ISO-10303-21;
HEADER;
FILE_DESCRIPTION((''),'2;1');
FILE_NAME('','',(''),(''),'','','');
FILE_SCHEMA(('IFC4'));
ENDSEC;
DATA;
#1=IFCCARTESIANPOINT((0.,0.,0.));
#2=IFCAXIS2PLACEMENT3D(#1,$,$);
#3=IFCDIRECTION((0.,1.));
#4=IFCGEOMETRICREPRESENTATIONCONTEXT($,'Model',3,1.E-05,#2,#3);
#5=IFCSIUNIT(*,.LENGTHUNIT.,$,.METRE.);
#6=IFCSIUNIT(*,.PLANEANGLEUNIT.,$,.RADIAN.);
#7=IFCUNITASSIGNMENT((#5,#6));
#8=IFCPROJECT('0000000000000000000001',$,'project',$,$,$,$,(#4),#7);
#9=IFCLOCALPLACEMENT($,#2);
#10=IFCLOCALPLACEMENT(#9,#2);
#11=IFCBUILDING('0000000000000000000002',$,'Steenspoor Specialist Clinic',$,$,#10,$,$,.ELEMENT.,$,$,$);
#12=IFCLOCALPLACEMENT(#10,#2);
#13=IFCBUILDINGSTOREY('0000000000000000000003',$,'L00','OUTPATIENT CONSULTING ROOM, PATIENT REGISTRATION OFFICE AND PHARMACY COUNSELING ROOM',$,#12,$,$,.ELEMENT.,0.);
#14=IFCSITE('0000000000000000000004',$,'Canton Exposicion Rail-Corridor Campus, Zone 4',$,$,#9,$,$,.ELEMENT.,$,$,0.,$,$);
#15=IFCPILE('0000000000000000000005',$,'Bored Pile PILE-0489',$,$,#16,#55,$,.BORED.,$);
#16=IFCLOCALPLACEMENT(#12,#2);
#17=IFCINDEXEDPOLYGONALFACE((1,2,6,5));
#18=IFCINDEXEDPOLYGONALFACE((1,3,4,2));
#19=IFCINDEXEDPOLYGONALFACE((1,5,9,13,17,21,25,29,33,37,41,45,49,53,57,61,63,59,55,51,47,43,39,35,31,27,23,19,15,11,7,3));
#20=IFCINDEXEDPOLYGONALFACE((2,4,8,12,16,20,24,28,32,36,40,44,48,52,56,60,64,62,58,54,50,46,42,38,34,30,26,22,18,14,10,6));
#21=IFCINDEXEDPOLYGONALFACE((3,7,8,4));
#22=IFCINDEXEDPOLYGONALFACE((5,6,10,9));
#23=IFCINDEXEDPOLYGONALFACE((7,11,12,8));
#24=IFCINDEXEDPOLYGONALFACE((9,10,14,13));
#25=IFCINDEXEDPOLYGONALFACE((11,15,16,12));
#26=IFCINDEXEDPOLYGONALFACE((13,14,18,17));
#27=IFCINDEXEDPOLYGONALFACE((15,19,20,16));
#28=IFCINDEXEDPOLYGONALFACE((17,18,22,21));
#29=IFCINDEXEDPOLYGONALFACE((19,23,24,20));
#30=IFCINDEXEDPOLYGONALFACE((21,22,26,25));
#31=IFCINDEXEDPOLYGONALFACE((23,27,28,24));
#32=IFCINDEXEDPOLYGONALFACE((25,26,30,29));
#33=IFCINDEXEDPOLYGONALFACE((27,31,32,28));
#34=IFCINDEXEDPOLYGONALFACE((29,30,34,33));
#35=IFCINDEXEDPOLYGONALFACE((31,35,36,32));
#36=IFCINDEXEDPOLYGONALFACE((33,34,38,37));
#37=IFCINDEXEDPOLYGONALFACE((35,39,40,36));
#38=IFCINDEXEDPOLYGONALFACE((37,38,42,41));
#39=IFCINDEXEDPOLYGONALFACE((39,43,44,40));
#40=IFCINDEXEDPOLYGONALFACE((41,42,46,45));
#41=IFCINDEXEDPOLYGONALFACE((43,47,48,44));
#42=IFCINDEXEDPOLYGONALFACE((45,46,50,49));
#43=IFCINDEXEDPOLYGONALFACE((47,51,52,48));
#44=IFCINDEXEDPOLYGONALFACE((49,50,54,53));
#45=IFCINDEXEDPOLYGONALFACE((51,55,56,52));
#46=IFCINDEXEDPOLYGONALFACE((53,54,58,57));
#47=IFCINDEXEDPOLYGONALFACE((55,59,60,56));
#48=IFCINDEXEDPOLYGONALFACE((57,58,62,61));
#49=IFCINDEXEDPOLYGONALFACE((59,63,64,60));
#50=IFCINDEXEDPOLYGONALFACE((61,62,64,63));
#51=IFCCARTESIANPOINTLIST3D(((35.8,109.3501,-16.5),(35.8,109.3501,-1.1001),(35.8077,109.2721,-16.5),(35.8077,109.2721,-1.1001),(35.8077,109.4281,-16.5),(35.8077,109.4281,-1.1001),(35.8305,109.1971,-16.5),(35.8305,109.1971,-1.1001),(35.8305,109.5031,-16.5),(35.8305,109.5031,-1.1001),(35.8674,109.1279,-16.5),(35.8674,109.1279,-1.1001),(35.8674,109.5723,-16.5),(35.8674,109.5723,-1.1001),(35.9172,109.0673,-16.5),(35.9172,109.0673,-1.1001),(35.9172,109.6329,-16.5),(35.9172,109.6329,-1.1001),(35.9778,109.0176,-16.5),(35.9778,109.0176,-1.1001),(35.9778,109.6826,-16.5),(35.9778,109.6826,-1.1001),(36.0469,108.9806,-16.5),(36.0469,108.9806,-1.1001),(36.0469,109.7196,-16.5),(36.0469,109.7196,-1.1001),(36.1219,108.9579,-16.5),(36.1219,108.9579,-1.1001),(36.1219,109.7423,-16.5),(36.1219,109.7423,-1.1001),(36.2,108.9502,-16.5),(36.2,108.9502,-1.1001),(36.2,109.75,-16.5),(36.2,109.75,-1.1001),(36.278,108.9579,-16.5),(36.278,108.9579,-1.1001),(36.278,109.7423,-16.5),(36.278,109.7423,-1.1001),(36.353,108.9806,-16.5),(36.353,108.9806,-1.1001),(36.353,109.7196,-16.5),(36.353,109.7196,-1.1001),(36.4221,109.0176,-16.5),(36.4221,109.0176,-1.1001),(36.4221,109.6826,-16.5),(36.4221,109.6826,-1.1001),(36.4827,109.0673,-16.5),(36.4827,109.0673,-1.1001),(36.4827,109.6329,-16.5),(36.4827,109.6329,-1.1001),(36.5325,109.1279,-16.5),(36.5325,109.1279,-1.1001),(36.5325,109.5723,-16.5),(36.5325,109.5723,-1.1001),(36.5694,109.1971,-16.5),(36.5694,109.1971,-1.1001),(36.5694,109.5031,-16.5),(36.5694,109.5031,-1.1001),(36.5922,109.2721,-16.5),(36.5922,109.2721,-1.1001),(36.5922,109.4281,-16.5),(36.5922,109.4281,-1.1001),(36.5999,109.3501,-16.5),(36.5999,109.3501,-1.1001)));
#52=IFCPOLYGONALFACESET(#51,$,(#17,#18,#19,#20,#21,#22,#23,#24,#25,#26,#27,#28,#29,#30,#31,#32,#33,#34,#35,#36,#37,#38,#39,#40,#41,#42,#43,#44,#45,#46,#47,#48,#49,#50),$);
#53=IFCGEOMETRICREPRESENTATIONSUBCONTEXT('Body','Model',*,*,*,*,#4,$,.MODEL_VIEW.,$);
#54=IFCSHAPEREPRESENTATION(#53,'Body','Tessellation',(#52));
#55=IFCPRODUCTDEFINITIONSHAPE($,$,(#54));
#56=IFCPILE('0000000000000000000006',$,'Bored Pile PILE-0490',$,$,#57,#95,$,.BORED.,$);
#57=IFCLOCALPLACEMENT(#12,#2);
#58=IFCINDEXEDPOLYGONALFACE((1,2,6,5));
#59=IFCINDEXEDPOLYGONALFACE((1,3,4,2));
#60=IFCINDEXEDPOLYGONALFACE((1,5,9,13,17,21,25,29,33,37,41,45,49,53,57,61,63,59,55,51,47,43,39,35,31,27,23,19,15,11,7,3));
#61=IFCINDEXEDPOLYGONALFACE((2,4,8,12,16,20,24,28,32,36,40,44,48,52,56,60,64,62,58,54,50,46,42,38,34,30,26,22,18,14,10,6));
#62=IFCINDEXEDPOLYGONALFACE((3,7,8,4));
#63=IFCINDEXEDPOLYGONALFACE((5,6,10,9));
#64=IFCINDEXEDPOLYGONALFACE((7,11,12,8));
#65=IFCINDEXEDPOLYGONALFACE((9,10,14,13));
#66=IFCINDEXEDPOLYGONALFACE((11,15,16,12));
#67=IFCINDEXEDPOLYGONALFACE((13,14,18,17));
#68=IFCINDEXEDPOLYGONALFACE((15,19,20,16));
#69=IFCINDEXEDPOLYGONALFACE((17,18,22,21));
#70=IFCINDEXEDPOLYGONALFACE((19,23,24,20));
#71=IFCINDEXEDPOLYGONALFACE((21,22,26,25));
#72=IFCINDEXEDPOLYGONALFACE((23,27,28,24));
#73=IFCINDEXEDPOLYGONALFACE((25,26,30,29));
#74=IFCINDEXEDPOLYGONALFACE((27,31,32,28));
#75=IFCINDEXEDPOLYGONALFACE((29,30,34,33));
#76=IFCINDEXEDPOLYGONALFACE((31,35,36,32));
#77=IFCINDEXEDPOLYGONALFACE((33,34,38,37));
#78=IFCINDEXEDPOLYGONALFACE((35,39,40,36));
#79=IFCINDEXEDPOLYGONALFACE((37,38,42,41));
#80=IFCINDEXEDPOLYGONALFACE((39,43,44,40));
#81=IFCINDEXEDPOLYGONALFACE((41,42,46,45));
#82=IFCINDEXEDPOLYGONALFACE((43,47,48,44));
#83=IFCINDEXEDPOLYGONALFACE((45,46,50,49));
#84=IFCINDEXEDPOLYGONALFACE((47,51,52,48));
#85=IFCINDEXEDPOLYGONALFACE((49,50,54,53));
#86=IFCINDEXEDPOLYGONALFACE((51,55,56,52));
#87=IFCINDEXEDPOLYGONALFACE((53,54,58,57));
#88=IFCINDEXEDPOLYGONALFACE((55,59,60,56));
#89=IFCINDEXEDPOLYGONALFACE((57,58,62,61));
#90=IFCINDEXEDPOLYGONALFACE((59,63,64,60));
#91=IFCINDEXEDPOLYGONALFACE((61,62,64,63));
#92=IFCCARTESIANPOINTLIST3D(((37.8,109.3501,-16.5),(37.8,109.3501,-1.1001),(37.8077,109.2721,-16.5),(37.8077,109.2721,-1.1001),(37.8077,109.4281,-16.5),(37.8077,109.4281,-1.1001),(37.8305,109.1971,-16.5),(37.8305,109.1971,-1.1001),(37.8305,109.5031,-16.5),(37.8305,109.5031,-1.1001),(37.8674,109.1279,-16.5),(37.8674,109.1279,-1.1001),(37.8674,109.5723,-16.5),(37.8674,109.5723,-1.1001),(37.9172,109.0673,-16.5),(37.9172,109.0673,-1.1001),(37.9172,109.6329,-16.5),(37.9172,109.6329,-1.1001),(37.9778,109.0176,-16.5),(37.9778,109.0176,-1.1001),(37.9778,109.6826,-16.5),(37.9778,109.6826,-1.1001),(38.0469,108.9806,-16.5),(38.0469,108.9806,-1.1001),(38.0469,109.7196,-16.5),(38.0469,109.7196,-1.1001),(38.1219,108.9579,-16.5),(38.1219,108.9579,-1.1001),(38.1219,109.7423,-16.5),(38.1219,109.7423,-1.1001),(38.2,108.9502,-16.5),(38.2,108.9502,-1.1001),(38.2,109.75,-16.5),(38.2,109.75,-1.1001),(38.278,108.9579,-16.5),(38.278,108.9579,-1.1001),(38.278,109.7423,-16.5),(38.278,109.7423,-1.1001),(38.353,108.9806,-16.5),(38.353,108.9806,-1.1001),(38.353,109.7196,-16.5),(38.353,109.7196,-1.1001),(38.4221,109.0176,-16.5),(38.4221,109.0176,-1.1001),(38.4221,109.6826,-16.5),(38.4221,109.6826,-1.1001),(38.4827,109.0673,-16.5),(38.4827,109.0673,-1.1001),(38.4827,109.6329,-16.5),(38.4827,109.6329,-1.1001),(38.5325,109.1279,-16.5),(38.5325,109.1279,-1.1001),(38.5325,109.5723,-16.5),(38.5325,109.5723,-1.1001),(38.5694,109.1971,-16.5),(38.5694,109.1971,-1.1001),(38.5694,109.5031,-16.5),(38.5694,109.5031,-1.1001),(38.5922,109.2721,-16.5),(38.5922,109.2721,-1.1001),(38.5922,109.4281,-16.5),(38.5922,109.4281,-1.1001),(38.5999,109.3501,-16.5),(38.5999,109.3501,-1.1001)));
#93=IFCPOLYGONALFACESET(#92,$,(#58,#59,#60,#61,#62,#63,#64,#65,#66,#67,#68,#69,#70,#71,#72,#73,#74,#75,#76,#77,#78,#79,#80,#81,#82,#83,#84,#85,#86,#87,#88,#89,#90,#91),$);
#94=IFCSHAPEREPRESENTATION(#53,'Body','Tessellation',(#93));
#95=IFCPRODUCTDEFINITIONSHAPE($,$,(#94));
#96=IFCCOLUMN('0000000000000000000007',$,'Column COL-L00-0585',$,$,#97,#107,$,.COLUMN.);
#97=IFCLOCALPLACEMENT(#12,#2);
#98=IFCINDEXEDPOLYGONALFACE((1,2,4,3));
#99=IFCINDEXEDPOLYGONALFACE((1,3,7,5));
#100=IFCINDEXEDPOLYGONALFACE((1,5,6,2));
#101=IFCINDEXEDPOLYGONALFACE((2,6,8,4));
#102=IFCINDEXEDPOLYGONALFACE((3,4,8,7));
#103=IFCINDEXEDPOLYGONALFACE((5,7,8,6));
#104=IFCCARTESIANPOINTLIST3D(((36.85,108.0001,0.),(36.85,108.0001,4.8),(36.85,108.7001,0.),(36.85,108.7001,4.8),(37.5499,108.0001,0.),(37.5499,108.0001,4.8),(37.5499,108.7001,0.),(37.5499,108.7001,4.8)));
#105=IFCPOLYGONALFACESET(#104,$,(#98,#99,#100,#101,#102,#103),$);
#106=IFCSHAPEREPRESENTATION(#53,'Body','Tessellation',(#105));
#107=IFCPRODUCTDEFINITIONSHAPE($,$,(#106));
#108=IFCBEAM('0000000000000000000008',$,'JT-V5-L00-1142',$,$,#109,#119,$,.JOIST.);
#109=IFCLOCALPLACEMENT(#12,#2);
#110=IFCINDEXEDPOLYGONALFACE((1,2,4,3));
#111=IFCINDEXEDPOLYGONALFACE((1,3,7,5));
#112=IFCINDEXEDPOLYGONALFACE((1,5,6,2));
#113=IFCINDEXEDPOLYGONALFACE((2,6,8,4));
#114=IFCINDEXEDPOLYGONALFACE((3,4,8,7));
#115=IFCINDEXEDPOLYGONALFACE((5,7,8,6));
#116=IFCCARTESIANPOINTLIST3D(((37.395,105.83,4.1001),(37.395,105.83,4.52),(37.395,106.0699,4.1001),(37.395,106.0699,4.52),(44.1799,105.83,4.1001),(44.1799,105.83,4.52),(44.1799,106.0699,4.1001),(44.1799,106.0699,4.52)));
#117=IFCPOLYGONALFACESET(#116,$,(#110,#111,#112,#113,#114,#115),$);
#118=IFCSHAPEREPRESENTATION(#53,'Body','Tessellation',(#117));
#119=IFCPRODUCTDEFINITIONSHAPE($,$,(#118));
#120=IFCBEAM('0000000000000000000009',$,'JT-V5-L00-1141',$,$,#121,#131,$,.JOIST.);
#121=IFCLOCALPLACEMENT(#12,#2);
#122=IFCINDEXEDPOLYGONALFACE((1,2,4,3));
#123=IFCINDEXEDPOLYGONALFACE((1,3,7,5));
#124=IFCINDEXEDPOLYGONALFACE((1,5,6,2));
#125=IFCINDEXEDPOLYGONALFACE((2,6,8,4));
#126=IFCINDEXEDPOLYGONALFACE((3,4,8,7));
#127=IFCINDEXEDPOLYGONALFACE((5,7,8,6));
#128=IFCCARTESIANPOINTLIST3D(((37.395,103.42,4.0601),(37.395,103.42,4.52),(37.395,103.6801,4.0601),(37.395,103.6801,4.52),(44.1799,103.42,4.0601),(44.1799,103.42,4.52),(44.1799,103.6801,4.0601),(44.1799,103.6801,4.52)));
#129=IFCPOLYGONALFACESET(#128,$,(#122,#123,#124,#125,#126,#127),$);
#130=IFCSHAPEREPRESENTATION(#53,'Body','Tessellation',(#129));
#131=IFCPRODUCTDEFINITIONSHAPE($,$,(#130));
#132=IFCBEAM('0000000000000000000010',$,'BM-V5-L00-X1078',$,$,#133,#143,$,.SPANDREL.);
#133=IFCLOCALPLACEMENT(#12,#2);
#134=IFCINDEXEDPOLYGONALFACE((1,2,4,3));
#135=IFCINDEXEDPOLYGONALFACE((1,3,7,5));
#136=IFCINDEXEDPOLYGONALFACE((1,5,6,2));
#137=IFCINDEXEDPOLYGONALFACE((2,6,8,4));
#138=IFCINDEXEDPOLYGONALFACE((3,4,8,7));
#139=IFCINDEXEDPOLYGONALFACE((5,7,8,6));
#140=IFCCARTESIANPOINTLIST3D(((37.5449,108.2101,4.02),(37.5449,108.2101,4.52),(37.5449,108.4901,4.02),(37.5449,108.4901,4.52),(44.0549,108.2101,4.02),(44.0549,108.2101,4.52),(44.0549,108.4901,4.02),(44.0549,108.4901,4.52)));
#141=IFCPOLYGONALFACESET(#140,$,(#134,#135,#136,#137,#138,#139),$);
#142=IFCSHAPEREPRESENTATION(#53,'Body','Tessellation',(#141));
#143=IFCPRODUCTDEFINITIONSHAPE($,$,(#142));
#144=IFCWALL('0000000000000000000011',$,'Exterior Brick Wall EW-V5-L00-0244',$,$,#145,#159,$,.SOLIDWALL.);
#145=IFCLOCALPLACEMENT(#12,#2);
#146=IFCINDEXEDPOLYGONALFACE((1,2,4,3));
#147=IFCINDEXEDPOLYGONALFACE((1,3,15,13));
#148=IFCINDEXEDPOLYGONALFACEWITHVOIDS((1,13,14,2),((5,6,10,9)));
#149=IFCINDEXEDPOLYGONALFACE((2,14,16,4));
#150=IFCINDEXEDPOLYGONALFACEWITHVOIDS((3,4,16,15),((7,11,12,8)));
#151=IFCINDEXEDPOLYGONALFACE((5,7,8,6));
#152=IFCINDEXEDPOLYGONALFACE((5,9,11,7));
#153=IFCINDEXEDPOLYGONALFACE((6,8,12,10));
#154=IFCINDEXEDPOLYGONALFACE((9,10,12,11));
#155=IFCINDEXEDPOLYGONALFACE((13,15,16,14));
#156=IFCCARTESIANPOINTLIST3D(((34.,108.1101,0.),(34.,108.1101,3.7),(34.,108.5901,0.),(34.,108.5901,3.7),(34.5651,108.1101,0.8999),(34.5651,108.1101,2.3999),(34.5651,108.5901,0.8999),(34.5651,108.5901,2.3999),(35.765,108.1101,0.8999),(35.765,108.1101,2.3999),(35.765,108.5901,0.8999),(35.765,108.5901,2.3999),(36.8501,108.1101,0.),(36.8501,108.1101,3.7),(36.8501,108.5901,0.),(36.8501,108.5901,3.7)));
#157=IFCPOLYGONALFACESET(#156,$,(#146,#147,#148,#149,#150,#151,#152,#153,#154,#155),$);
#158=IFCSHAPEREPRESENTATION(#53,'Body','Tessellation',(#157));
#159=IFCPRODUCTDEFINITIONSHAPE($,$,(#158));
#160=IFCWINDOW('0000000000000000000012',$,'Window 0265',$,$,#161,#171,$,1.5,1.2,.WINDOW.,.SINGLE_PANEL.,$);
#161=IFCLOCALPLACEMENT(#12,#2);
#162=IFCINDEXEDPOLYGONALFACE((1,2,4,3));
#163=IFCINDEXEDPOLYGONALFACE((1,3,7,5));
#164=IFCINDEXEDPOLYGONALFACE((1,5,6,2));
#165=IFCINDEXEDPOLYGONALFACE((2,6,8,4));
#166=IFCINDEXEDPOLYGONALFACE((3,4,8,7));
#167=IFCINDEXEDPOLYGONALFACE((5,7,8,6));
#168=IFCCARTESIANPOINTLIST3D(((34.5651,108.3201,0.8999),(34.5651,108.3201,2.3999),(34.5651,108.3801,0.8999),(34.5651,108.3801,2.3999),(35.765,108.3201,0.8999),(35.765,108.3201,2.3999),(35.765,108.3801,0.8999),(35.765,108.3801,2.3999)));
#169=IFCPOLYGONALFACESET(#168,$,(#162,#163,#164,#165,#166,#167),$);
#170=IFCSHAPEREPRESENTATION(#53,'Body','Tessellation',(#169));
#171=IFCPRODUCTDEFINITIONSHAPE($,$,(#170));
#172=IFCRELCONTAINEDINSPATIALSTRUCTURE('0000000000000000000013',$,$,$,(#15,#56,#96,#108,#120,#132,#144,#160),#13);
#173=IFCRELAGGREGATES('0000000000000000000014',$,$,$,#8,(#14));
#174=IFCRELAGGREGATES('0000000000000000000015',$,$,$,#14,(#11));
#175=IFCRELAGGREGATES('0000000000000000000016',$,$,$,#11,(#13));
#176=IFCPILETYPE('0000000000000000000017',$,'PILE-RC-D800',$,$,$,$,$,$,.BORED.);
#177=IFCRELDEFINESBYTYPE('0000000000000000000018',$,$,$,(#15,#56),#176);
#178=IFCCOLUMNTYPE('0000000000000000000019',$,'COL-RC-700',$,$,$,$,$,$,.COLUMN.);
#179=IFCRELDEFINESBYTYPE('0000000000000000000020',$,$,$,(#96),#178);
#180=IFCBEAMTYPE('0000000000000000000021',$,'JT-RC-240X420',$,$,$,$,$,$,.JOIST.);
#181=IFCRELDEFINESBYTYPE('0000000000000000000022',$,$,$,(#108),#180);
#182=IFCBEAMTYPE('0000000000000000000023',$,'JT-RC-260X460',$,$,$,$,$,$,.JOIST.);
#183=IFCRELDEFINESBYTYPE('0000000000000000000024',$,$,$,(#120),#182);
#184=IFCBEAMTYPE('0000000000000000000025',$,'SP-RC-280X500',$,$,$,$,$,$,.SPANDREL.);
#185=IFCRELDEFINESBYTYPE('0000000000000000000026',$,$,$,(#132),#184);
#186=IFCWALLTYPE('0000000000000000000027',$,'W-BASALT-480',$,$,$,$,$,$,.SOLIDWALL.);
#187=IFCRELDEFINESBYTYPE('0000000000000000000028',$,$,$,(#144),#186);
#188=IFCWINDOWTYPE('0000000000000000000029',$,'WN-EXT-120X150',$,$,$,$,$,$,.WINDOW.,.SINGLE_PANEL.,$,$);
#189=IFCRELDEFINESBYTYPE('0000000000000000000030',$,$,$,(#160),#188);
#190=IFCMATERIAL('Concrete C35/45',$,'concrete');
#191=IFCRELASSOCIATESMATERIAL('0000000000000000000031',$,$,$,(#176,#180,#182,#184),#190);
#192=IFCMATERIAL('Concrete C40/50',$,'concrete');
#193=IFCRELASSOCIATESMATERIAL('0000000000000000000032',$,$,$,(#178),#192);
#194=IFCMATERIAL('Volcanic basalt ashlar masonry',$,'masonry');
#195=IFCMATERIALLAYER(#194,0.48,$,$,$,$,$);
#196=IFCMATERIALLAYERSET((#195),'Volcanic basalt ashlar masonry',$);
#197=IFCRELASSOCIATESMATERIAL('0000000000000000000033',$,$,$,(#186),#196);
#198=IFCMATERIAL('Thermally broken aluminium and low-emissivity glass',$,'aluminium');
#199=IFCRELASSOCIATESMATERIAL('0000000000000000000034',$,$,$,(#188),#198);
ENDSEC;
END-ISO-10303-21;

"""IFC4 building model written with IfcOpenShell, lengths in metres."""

from ifc_helpers import new_model, si_unit, direction, frame, frame_2d, origin, origin_2d, place, context, subcontext, project, spatial, rectangle, circle, extrude, material, layer, layer_set, material_profile, profile_set, type_object, element, fill, save


model = new_model("IFC4")

# Units and contexts
model_context = context("Model", 3, precision=1e-05, world=origin(), true_north=direction((0.0, 1.0)))
body_context = subcontext(model_context, "Body", "Model", "MODEL_VIEW")
ifc_project = project(units=[si_unit("LENGTHUNIT", "METRE"), si_unit("PLANEANGLEUNIT", "RADIAN")], contexts=[model_context])

# Site, building, storey
site_placement = place(None, origin())
site = spatial("IfcSite", under=ifc_project, at=site_placement, Name="Canton Exposicion Rail-Corridor Campus, Zone 4", CompositionType="ELEMENT", RefElevation=0.0)
building_placement = place(site_placement, origin())
building = spatial("IfcBuilding", under=site, at=building_placement, Name="Steenspoor Specialist Clinic", CompositionType="ELEMENT")
storey_placement = place(building_placement, origin())
storey = spatial("IfcBuildingStorey", under=building, at=storey_placement, Name="L00", Description="OUTPATIENT CONSULTING ROOM, PATIENT REGISTRATION OFFICE AND PHARMACY COUNSELING ROOM", CompositionType="ELEMENT", Elevation=0.0)

# Shared definitions
ifc_material_1 = material(Name="Concrete C35/45", Category="concrete")

# Piles
ifc_material_profile_1 = material_profile(ifc_material_1, circle(Radius=0.3999, at=origin_2d()), Name="PILE-D800")
ifc_profile_set_1 = profile_set([ifc_material_profile_1], Name="Concrete C35/45")
pile_type_1 = type_object("IfcPileType", Name="PILE-RC-D800", PredefinedType="BORED", material=ifc_profile_set_1)
for number, where, z_axis, x_axis, name in (
    (1, (36.2, 109.3501, -1.1001), (0.0, 0.0, -1.0), (1.0, 0.0, 0.0), "Bored Pile PILE-0489"),
    (2, (38.2, 109.3501, -1.1001), (0.0, 0.0, -1.0), (1.0, 0.0, 0.0), "Bored Pile PILE-0490"),
):
    element("IfcPile", number, at=place(storey_placement, frame(where, z_axis=z_axis, x_axis=x_axis)), inside=storey, type_object=pile_type_1, Name=name, PredefinedType="BORED", context=body_context, shape_type="SweptSolid", body=[
        extrude(circle(Radius=0.3999, at=origin_2d()), origin(), (0.0, 0.0, 1.0), 15.3999),
    ])

# Column
ifc_material_2 = material(Name="Concrete C40/50", Category="concrete")
ifc_material_profile_2 = material_profile(ifc_material_2, rectangle(XDim=0.7, YDim=0.7, at=origin_2d()), Name="RC-COL-700X700")
ifc_profile_set_2 = profile_set([ifc_material_profile_2], Name="Concrete C40/50")
column_type = type_object("IfcColumnType", Name="COL-RC-700", PredefinedType="COLUMN", material=ifc_profile_set_2)
column_placement = place(storey_placement, frame((37.2, 108.3501, 0.0), z_axis=(0.0, 0.0, 1.0), x_axis=(1.0, 0.0, 0.0)))
element("IfcColumn", 3, at=column_placement, inside=storey, type_object=column_type, Name="Column COL-L00-0585", PredefinedType="COLUMN", context=body_context, shape_type="SweptSolid", body=[
    extrude(rectangle(XDim=0.7, YDim=0.7, at=origin_2d()), origin(), (0.0, 0.0, 1.0), 4.8),
])

# Beams
ifc_material_profile_3 = material_profile(ifc_material_1, rectangle(XDim=0.24, YDim=0.4199, at=origin_2d()), Name="RC-JT-240X420")
ifc_profile_set_3 = profile_set([ifc_material_profile_3], Name="Concrete C35/45")
beam_type_1 = type_object("IfcBeamType", Name="JT-RC-240X420", PredefinedType="JOIST", material=ifc_profile_set_3)
beam_1_placement = place(storey_placement, frame((37.395, 105.95, 4.3101), z_axis=(1.0, 0.0, 0.0), x_axis=(0.0, 1.0, 0.0)))
element("IfcBeam", 4, at=beam_1_placement, inside=storey, type_object=beam_type_1, Name="JT-V5-L00-1142", PredefinedType="JOIST", context=body_context, shape_type="SweptSolid", body=[
    extrude(rectangle(XDim=0.24, YDim=0.4199, at=origin_2d()), origin(), (0.0, 0.0, 1.0), 6.7849),
])
ifc_material_profile_4 = material_profile(ifc_material_1, rectangle(XDim=0.26, YDim=0.46, at=origin_2d()), Name="RC-JT-260X460")
ifc_profile_set_4 = profile_set([ifc_material_profile_4], Name="Concrete C35/45")
beam_type_2 = type_object("IfcBeamType", Name="JT-RC-260X460", PredefinedType="JOIST", material=ifc_profile_set_4)
beam_2_placement = place(storey_placement, frame((37.395, 103.55, 4.29), z_axis=(1.0, 0.0, 0.0), x_axis=(0.0, 1.0, 0.0)))
element("IfcBeam", 5, at=beam_2_placement, inside=storey, type_object=beam_type_2, Name="JT-V5-L00-1141", PredefinedType="JOIST", context=body_context, shape_type="SweptSolid", body=[
    extrude(rectangle(XDim=0.26, YDim=0.46, at=origin_2d()), origin(), (0.0, 0.0, 1.0), 6.7849),
])
ifc_material_profile_5 = material_profile(ifc_material_1, rectangle(XDim=0.28, YDim=0.5, at=origin_2d()), Name="RC-SP-280X500")
ifc_profile_set_5 = profile_set([ifc_material_profile_5], Name="Concrete C35/45")
beam_type_3 = type_object("IfcBeamType", Name="SP-RC-280X500", PredefinedType="SPANDREL", material=ifc_profile_set_5)
beam_3_placement = place(storey_placement, frame((37.5449, 108.3501, 4.27), z_axis=(1.0, 0.0, 0.0), x_axis=(0.0, 1.0, 0.0)))
element("IfcBeam", 6, at=beam_3_placement, inside=storey, type_object=beam_type_3, Name="BM-V5-L00-X1078", PredefinedType="SPANDREL", context=body_context, shape_type="SweptSolid", body=[
    extrude(rectangle(XDim=0.28, YDim=0.5, at=origin_2d()), origin(), (0.0, 0.0, 1.0), 6.51),
])

# Wall, opening, window
ifc_material_3 = material(Name="Volcanic basalt ashlar masonry", Category="masonry")
ifc_layer_1 = layer(ifc_material_3, 0.48)
ifc_layer_set_1 = layer_set([ifc_layer_1], Name="Volcanic basalt ashlar masonry")
wall_type_1 = type_object("IfcWallType", Name="W-BASALT-480", PredefinedType="SOLIDWALL", material=ifc_layer_set_1)
wall_1_placement = place(storey_placement, frame((34.0, 108.3501, 0.0), z_axis=(0.0, 0.0, 1.0), x_axis=(1.0, 0.0, 0.0)))
wall_1 = element("IfcWall", 7, at=wall_1_placement, inside=storey, type_object=wall_type_1, Name="Exterior Brick Wall EW-V5-L00-0244", PredefinedType="SOLIDWALL", context=body_context, shape_type="SweptSolid", body=[
    extrude(rectangle(XDim=2.8501, YDim=0.48, at=frame_2d((1.425, 0.0))), origin(), (0.0, 0.0, 1.0), 3.7),
])
opening_1_placement = place(wall_1_placement, frame((0.5649, 0.0, 0.8999)))
opening_1 = element("IfcOpeningElement", 8, at=opening_1_placement, cuts=wall_1, PredefinedType="OPENING", context=body_context, shape_type="SweptSolid", body=[
    extrude(rectangle(XDim=1.2, YDim=1.5, at=frame_2d((0.6001, 0.75))), frame((0.0, 0.25, 0.0), z_axis=(0.0, -1.0, 0.0), x_axis=(1.0, 0.0, 0.0)), (0.0, 0.0, 1.0), 0.5),
])
ifc_material_4 = material(Name="Thermally broken aluminium and low-emissivity glass", Category="aluminium")
window_type_1 = type_object("IfcWindowType", Name="WN-EXT-120X150", PartitioningType="SINGLE_PANEL", PredefinedType="WINDOW", material=ifc_material_4)
window_1_placement = place(opening_1_placement, origin())
window_1 = element("IfcWindow", 9, at=window_1_placement, inside=storey, type_object=window_type_1, Name="Window 0265", OverallHeight=1.5, OverallWidth=1.2, PartitioningType="SINGLE_PANEL", PredefinedType="WINDOW", context=body_context, shape_type="SweptSolid", body=[
    extrude(rectangle(XDim=1.2, YDim=1.5, at=frame_2d((0.6001, 0.75))), frame((0.0, 0.03, 0.0), z_axis=(0.0, -1.0, 0.0), x_axis=(1.0, 0.0, 0.0)), (0.0, 0.0, 1.0), 0.0601),
])
fill(opening_1, window_1)

save(model, "model.ifc")
